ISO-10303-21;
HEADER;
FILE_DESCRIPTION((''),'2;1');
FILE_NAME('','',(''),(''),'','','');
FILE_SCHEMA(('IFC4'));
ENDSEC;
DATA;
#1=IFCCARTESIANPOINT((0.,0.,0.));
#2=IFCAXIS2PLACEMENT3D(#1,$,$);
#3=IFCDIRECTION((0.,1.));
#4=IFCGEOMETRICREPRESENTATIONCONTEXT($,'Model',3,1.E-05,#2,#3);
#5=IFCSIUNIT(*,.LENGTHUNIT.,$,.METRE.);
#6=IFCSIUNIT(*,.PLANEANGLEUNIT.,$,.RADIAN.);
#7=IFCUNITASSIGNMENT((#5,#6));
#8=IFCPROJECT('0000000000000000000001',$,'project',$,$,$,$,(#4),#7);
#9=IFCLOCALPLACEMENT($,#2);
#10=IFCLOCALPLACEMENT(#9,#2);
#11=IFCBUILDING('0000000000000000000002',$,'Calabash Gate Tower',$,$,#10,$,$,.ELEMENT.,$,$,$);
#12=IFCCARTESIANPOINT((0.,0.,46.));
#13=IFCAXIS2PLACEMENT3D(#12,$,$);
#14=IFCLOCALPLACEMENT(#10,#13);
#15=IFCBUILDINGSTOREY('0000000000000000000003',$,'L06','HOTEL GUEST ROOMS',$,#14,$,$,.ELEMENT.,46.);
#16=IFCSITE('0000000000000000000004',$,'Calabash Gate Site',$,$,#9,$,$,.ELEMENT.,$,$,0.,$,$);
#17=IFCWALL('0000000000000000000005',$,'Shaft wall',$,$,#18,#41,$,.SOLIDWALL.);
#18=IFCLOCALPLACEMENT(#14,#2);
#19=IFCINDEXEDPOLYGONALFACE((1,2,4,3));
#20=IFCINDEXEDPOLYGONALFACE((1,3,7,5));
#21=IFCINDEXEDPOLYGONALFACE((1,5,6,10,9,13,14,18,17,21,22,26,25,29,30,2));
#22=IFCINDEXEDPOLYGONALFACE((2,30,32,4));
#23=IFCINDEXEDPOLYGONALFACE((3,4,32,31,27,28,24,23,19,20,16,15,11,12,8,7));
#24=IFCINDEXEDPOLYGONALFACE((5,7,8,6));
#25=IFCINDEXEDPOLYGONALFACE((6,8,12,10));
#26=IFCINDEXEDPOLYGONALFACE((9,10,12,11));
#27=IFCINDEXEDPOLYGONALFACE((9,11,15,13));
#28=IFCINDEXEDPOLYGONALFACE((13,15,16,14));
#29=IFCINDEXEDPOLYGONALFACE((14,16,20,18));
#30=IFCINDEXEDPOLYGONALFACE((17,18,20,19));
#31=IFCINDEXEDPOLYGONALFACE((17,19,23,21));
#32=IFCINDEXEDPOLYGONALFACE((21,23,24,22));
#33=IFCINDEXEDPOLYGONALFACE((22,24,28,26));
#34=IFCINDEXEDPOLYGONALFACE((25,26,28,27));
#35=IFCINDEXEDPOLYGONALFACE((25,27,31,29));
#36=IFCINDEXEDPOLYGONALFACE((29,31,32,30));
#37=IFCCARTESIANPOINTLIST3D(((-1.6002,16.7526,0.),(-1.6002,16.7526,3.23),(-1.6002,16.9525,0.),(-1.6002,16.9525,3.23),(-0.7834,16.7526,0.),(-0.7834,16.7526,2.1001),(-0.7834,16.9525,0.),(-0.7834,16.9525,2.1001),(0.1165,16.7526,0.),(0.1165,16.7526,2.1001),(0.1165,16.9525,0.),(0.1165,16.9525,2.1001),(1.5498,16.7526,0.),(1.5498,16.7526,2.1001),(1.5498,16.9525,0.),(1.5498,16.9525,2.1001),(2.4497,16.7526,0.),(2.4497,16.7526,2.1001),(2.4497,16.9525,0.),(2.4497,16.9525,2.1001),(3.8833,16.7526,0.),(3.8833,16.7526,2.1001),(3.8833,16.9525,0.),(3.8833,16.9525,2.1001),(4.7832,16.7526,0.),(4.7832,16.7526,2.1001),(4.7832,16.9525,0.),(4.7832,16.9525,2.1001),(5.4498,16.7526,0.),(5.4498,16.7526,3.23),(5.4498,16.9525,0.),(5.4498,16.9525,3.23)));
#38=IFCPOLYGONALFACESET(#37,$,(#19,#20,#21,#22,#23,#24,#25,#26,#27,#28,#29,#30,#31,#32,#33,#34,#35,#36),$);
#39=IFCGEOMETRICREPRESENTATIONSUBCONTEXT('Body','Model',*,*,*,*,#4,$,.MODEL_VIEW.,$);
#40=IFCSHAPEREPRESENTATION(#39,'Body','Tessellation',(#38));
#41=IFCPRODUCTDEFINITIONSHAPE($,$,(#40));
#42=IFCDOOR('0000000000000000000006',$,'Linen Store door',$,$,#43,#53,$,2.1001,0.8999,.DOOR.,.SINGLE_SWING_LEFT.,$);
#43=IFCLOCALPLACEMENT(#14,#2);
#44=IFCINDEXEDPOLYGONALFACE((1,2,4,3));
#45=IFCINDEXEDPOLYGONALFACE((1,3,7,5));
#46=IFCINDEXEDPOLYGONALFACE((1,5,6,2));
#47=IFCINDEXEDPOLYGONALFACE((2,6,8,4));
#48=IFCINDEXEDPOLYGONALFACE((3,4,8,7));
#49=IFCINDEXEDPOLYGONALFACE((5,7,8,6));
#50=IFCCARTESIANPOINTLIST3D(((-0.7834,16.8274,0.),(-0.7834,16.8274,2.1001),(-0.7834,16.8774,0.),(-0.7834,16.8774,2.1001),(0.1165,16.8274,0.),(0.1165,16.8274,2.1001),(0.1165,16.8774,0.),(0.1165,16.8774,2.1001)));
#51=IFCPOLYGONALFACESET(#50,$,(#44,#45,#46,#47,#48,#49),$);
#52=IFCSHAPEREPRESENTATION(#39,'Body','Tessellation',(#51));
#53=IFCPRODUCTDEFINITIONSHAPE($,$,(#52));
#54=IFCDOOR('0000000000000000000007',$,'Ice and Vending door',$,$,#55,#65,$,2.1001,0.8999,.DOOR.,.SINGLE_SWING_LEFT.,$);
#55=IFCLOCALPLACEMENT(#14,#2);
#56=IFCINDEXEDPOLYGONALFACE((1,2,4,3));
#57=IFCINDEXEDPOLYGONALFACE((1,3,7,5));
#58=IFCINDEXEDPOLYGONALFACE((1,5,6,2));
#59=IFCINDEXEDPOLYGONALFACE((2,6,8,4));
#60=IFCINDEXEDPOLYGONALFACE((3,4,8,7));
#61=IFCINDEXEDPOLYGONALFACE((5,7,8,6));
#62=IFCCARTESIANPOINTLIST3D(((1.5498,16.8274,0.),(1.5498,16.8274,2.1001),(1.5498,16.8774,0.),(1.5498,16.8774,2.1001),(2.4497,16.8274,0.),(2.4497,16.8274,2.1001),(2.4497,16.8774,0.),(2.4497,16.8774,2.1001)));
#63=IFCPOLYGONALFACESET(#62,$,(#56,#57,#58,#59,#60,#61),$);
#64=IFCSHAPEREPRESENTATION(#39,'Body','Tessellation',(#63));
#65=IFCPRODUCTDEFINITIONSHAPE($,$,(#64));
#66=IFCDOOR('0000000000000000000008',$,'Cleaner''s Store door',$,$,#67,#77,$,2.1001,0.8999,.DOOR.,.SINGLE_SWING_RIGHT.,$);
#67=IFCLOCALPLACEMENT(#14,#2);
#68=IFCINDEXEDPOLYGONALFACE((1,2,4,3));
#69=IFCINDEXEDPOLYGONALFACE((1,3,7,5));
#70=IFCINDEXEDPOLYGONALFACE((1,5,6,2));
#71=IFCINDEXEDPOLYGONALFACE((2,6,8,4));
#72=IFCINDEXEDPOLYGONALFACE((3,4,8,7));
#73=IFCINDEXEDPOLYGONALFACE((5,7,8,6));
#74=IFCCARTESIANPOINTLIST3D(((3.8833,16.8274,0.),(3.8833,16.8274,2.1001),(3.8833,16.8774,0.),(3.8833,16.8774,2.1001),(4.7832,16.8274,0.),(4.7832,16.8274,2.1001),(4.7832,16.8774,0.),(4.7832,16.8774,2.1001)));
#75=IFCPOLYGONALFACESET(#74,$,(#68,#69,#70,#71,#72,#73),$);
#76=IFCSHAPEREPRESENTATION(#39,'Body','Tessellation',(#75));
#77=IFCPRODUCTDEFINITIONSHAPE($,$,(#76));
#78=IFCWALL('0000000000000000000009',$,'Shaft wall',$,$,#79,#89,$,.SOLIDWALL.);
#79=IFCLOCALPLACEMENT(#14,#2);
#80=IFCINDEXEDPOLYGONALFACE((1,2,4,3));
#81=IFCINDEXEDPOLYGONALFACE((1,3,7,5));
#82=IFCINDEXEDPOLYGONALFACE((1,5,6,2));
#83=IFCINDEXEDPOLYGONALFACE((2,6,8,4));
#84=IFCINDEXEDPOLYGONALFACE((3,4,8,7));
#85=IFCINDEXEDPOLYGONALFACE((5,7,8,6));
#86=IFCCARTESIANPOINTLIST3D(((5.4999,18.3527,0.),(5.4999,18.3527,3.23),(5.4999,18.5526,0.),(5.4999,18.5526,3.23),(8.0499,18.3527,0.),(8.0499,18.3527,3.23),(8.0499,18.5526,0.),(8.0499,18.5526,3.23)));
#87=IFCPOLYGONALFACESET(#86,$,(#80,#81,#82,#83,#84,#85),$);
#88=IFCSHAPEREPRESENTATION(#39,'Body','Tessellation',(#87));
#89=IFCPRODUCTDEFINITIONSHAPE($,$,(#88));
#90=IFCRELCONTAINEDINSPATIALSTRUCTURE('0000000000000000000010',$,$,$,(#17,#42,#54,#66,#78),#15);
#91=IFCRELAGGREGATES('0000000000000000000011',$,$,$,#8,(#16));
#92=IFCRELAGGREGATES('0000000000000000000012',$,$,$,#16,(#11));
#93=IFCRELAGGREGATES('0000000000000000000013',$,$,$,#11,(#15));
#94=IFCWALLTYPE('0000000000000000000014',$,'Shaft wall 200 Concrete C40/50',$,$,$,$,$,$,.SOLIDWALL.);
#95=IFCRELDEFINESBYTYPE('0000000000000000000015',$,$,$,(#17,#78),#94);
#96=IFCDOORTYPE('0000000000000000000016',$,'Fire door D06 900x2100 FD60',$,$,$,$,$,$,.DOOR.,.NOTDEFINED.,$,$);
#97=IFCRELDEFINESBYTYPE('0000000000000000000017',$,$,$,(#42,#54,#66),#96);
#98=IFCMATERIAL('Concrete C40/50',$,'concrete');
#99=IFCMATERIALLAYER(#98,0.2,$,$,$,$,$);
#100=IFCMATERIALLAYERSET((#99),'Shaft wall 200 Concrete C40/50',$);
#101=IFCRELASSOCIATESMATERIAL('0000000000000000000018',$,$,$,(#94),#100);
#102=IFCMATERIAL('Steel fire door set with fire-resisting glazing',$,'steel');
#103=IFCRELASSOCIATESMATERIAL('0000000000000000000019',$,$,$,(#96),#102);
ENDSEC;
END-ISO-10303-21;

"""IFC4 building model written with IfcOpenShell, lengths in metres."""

from ifc_helpers import new_model, si_unit, direction, frame, frame_2d, origin, place, context, subcontext, project, spatial, rectangle, extrude, material, layer, layer_set, type_object, element, fill, save


model = new_model("IFC4")

# Units and contexts
model_context = context("Model", 3, precision=1e-05, world=origin(), true_north=direction((0.0, 1.0)))
body_context = subcontext(model_context, "Body", "Model", "MODEL_VIEW")
ifc_project = project(units=[si_unit("LENGTHUNIT", "METRE"), si_unit("PLANEANGLEUNIT", "RADIAN")], contexts=[model_context])

# Site, building, storey
site_placement = place(None, origin())
site = spatial("IfcSite", under=ifc_project, at=site_placement, Name="Calabash Gate Site", CompositionType="ELEMENT", RefElevation=0.0)
building_placement = place(site_placement, origin())
building = spatial("IfcBuilding", under=site, at=building_placement, Name="Calabash Gate Tower", CompositionType="ELEMENT")
storey_placement = place(building_placement, frame((0.0, 0.0, 46.0)))
storey = spatial("IfcBuildingStorey", under=building, at=storey_placement, Name="L06", Description="HOTEL GUEST ROOMS", CompositionType="ELEMENT", Elevation=46.0)

# Shared definitions
ifc_material_1 = material(Name="Concrete C40/50", Category="concrete")
ifc_layer_1 = layer(ifc_material_1, 0.2)
ifc_layer_set_1 = layer_set([ifc_layer_1], Name="Shaft wall 200 Concrete C40/50")
wall_type_1 = type_object("IfcWallType", Name="Shaft wall 200 Concrete C40/50", PredefinedType="SOLIDWALL", material=ifc_layer_set_1)

# Wall, openings, doors
wall_1_placement = place(storey_placement, frame((-1.6001, 16.8525, 0.0), z_axis=(0.0, 0.0, 1.0), x_axis=(1.0, 0.0, 0.0)))
wall_1 = element("IfcWall", 1, at=wall_1_placement, inside=storey, type_object=wall_type_1, Name="Shaft wall", PredefinedType="SOLIDWALL", context=body_context, shape_type="SweptSolid", body=[
    extrude(rectangle(XDim=7.05, YDim=0.2, at=frame_2d((3.5249, 0.0))), origin(), (0.0, 0.0, 1.0), 3.23),
])
opening_1_placement = place(wall_1_placement, frame((0.8167, 0.0, 0.0)))
opening_1 = element("IfcOpeningElement", 2, at=opening_1_placement, cuts=wall_1, PredefinedType="OPENING", context=body_context, shape_type="SweptSolid", body=[
    extrude(rectangle(XDim=0.8999, YDim=2.1001, at=frame_2d((0.45, 1.05))), frame((0.0, 0.1099, 0.0), z_axis=(0.0, -1.0, 0.0), x_axis=(1.0, 0.0, 0.0)), (0.0, 0.0, 1.0), 0.22),
])
opening_2_placement = place(wall_1_placement, frame((3.1499, 0.0, 0.0)))
opening_2 = element("IfcOpeningElement", 3, at=opening_2_placement, cuts=wall_1, PredefinedType="OPENING", context=body_context, shape_type="SweptSolid", body=[
    extrude(rectangle(XDim=0.8999, YDim=2.1001, at=frame_2d((0.45, 1.05))), frame((0.0, 0.1099, 0.0), z_axis=(0.0, -1.0, 0.0), x_axis=(1.0, 0.0, 0.0)), (0.0, 0.0, 1.0), 0.22),
])
opening_3_placement = place(wall_1_placement, frame((5.4834, 0.0, 0.0)))
opening_3 = element("IfcOpeningElement", 4, at=opening_3_placement, cuts=wall_1, PredefinedType="OPENING", context=body_context, shape_type="SweptSolid", body=[
    extrude(rectangle(XDim=0.8999, YDim=2.1001, at=frame_2d((0.45, 1.05))), frame((0.0, 0.1099, 0.0), z_axis=(0.0, -1.0, 0.0), x_axis=(1.0, 0.0, 0.0)), (0.0, 0.0, 1.0), 0.22),
])
ifc_material_2 = material(Name="Steel fire door set with fire-resisting glazing", Category="steel")
door_type_1 = type_object("IfcDoorType", Name="Fire door D06 900x2100 FD60", OperationType="NOTDEFINED", PredefinedType="DOOR", material=ifc_material_2)
door_1_placement = place(opening_1_placement, origin())
door_1 = element("IfcDoor", 5, at=door_1_placement, inside=storey, type_object=door_type_1, Name="Linen Store door", OperationType="SINGLE_SWING_LEFT", OverallHeight=2.1001, OverallWidth=0.8999, PredefinedType="DOOR", context=body_context, shape_type="SweptSolid", body=[
    extrude(rectangle(XDim=0.8999, YDim=2.1001, at=frame_2d((0.45, 1.05))), frame((0.0, 0.0249, 0.0), z_axis=(0.0, -1.0, 0.0), x_axis=(1.0, 0.0, 0.0)), (0.0, 0.0, 1.0), 0.05),
])
fill(opening_1, door_1)
door_2_placement = place(opening_2_placement, origin())
door_2 = element("IfcDoor", 6, at=door_2_placement, inside=storey, type_object=door_type_1, Name="Ice and Vending door", OperationType="SINGLE_SWING_LEFT", OverallHeight=2.1001, OverallWidth=0.8999, PredefinedType="DOOR", context=body_context, shape_type="SweptSolid", body=[
    extrude(rectangle(XDim=0.8999, YDim=2.1001, at=frame_2d((0.45, 1.05))), frame((0.0, 0.0249, 0.0), z_axis=(0.0, -1.0, 0.0), x_axis=(1.0, 0.0, 0.0)), (0.0, 0.0, 1.0), 0.05),
])
fill(opening_2, door_2)
door_3_placement = place(opening_3_placement, origin())
door_3 = element("IfcDoor", 7, at=door_3_placement, inside=storey, type_object=door_type_1, Name="Cleaner's Store door", OperationType="SINGLE_SWING_RIGHT", OverallHeight=2.1001, OverallWidth=0.8999, PredefinedType="DOOR", context=body_context, shape_type="SweptSolid", body=[
    extrude(rectangle(XDim=0.8999, YDim=2.1001, at=frame_2d((0.45, 1.05))), frame((0.0, 0.0249, 0.0), z_axis=(0.0, -1.0, 0.0), x_axis=(1.0, 0.0, 0.0)), (0.0, 0.0, 1.0), 0.05),
])
fill(opening_3, door_3)

# Wall
wall_2_placement = place(storey_placement, frame((5.5, 18.4526, 0.0), z_axis=(0.0, 0.0, 1.0), x_axis=(1.0, 0.0, 0.0)))
element("IfcWall", 8, at=wall_2_placement, inside=storey, type_object=wall_type_1, Name="Shaft wall", PredefinedType="SOLIDWALL", context=body_context, shape_type="SweptSolid", body=[
    extrude(rectangle(XDim=2.55, YDim=0.2, at=frame_2d((1.2749, 0.0))), origin(), (0.0, 0.0, 1.0), 3.23),
])

save(model, "model.ifc")
